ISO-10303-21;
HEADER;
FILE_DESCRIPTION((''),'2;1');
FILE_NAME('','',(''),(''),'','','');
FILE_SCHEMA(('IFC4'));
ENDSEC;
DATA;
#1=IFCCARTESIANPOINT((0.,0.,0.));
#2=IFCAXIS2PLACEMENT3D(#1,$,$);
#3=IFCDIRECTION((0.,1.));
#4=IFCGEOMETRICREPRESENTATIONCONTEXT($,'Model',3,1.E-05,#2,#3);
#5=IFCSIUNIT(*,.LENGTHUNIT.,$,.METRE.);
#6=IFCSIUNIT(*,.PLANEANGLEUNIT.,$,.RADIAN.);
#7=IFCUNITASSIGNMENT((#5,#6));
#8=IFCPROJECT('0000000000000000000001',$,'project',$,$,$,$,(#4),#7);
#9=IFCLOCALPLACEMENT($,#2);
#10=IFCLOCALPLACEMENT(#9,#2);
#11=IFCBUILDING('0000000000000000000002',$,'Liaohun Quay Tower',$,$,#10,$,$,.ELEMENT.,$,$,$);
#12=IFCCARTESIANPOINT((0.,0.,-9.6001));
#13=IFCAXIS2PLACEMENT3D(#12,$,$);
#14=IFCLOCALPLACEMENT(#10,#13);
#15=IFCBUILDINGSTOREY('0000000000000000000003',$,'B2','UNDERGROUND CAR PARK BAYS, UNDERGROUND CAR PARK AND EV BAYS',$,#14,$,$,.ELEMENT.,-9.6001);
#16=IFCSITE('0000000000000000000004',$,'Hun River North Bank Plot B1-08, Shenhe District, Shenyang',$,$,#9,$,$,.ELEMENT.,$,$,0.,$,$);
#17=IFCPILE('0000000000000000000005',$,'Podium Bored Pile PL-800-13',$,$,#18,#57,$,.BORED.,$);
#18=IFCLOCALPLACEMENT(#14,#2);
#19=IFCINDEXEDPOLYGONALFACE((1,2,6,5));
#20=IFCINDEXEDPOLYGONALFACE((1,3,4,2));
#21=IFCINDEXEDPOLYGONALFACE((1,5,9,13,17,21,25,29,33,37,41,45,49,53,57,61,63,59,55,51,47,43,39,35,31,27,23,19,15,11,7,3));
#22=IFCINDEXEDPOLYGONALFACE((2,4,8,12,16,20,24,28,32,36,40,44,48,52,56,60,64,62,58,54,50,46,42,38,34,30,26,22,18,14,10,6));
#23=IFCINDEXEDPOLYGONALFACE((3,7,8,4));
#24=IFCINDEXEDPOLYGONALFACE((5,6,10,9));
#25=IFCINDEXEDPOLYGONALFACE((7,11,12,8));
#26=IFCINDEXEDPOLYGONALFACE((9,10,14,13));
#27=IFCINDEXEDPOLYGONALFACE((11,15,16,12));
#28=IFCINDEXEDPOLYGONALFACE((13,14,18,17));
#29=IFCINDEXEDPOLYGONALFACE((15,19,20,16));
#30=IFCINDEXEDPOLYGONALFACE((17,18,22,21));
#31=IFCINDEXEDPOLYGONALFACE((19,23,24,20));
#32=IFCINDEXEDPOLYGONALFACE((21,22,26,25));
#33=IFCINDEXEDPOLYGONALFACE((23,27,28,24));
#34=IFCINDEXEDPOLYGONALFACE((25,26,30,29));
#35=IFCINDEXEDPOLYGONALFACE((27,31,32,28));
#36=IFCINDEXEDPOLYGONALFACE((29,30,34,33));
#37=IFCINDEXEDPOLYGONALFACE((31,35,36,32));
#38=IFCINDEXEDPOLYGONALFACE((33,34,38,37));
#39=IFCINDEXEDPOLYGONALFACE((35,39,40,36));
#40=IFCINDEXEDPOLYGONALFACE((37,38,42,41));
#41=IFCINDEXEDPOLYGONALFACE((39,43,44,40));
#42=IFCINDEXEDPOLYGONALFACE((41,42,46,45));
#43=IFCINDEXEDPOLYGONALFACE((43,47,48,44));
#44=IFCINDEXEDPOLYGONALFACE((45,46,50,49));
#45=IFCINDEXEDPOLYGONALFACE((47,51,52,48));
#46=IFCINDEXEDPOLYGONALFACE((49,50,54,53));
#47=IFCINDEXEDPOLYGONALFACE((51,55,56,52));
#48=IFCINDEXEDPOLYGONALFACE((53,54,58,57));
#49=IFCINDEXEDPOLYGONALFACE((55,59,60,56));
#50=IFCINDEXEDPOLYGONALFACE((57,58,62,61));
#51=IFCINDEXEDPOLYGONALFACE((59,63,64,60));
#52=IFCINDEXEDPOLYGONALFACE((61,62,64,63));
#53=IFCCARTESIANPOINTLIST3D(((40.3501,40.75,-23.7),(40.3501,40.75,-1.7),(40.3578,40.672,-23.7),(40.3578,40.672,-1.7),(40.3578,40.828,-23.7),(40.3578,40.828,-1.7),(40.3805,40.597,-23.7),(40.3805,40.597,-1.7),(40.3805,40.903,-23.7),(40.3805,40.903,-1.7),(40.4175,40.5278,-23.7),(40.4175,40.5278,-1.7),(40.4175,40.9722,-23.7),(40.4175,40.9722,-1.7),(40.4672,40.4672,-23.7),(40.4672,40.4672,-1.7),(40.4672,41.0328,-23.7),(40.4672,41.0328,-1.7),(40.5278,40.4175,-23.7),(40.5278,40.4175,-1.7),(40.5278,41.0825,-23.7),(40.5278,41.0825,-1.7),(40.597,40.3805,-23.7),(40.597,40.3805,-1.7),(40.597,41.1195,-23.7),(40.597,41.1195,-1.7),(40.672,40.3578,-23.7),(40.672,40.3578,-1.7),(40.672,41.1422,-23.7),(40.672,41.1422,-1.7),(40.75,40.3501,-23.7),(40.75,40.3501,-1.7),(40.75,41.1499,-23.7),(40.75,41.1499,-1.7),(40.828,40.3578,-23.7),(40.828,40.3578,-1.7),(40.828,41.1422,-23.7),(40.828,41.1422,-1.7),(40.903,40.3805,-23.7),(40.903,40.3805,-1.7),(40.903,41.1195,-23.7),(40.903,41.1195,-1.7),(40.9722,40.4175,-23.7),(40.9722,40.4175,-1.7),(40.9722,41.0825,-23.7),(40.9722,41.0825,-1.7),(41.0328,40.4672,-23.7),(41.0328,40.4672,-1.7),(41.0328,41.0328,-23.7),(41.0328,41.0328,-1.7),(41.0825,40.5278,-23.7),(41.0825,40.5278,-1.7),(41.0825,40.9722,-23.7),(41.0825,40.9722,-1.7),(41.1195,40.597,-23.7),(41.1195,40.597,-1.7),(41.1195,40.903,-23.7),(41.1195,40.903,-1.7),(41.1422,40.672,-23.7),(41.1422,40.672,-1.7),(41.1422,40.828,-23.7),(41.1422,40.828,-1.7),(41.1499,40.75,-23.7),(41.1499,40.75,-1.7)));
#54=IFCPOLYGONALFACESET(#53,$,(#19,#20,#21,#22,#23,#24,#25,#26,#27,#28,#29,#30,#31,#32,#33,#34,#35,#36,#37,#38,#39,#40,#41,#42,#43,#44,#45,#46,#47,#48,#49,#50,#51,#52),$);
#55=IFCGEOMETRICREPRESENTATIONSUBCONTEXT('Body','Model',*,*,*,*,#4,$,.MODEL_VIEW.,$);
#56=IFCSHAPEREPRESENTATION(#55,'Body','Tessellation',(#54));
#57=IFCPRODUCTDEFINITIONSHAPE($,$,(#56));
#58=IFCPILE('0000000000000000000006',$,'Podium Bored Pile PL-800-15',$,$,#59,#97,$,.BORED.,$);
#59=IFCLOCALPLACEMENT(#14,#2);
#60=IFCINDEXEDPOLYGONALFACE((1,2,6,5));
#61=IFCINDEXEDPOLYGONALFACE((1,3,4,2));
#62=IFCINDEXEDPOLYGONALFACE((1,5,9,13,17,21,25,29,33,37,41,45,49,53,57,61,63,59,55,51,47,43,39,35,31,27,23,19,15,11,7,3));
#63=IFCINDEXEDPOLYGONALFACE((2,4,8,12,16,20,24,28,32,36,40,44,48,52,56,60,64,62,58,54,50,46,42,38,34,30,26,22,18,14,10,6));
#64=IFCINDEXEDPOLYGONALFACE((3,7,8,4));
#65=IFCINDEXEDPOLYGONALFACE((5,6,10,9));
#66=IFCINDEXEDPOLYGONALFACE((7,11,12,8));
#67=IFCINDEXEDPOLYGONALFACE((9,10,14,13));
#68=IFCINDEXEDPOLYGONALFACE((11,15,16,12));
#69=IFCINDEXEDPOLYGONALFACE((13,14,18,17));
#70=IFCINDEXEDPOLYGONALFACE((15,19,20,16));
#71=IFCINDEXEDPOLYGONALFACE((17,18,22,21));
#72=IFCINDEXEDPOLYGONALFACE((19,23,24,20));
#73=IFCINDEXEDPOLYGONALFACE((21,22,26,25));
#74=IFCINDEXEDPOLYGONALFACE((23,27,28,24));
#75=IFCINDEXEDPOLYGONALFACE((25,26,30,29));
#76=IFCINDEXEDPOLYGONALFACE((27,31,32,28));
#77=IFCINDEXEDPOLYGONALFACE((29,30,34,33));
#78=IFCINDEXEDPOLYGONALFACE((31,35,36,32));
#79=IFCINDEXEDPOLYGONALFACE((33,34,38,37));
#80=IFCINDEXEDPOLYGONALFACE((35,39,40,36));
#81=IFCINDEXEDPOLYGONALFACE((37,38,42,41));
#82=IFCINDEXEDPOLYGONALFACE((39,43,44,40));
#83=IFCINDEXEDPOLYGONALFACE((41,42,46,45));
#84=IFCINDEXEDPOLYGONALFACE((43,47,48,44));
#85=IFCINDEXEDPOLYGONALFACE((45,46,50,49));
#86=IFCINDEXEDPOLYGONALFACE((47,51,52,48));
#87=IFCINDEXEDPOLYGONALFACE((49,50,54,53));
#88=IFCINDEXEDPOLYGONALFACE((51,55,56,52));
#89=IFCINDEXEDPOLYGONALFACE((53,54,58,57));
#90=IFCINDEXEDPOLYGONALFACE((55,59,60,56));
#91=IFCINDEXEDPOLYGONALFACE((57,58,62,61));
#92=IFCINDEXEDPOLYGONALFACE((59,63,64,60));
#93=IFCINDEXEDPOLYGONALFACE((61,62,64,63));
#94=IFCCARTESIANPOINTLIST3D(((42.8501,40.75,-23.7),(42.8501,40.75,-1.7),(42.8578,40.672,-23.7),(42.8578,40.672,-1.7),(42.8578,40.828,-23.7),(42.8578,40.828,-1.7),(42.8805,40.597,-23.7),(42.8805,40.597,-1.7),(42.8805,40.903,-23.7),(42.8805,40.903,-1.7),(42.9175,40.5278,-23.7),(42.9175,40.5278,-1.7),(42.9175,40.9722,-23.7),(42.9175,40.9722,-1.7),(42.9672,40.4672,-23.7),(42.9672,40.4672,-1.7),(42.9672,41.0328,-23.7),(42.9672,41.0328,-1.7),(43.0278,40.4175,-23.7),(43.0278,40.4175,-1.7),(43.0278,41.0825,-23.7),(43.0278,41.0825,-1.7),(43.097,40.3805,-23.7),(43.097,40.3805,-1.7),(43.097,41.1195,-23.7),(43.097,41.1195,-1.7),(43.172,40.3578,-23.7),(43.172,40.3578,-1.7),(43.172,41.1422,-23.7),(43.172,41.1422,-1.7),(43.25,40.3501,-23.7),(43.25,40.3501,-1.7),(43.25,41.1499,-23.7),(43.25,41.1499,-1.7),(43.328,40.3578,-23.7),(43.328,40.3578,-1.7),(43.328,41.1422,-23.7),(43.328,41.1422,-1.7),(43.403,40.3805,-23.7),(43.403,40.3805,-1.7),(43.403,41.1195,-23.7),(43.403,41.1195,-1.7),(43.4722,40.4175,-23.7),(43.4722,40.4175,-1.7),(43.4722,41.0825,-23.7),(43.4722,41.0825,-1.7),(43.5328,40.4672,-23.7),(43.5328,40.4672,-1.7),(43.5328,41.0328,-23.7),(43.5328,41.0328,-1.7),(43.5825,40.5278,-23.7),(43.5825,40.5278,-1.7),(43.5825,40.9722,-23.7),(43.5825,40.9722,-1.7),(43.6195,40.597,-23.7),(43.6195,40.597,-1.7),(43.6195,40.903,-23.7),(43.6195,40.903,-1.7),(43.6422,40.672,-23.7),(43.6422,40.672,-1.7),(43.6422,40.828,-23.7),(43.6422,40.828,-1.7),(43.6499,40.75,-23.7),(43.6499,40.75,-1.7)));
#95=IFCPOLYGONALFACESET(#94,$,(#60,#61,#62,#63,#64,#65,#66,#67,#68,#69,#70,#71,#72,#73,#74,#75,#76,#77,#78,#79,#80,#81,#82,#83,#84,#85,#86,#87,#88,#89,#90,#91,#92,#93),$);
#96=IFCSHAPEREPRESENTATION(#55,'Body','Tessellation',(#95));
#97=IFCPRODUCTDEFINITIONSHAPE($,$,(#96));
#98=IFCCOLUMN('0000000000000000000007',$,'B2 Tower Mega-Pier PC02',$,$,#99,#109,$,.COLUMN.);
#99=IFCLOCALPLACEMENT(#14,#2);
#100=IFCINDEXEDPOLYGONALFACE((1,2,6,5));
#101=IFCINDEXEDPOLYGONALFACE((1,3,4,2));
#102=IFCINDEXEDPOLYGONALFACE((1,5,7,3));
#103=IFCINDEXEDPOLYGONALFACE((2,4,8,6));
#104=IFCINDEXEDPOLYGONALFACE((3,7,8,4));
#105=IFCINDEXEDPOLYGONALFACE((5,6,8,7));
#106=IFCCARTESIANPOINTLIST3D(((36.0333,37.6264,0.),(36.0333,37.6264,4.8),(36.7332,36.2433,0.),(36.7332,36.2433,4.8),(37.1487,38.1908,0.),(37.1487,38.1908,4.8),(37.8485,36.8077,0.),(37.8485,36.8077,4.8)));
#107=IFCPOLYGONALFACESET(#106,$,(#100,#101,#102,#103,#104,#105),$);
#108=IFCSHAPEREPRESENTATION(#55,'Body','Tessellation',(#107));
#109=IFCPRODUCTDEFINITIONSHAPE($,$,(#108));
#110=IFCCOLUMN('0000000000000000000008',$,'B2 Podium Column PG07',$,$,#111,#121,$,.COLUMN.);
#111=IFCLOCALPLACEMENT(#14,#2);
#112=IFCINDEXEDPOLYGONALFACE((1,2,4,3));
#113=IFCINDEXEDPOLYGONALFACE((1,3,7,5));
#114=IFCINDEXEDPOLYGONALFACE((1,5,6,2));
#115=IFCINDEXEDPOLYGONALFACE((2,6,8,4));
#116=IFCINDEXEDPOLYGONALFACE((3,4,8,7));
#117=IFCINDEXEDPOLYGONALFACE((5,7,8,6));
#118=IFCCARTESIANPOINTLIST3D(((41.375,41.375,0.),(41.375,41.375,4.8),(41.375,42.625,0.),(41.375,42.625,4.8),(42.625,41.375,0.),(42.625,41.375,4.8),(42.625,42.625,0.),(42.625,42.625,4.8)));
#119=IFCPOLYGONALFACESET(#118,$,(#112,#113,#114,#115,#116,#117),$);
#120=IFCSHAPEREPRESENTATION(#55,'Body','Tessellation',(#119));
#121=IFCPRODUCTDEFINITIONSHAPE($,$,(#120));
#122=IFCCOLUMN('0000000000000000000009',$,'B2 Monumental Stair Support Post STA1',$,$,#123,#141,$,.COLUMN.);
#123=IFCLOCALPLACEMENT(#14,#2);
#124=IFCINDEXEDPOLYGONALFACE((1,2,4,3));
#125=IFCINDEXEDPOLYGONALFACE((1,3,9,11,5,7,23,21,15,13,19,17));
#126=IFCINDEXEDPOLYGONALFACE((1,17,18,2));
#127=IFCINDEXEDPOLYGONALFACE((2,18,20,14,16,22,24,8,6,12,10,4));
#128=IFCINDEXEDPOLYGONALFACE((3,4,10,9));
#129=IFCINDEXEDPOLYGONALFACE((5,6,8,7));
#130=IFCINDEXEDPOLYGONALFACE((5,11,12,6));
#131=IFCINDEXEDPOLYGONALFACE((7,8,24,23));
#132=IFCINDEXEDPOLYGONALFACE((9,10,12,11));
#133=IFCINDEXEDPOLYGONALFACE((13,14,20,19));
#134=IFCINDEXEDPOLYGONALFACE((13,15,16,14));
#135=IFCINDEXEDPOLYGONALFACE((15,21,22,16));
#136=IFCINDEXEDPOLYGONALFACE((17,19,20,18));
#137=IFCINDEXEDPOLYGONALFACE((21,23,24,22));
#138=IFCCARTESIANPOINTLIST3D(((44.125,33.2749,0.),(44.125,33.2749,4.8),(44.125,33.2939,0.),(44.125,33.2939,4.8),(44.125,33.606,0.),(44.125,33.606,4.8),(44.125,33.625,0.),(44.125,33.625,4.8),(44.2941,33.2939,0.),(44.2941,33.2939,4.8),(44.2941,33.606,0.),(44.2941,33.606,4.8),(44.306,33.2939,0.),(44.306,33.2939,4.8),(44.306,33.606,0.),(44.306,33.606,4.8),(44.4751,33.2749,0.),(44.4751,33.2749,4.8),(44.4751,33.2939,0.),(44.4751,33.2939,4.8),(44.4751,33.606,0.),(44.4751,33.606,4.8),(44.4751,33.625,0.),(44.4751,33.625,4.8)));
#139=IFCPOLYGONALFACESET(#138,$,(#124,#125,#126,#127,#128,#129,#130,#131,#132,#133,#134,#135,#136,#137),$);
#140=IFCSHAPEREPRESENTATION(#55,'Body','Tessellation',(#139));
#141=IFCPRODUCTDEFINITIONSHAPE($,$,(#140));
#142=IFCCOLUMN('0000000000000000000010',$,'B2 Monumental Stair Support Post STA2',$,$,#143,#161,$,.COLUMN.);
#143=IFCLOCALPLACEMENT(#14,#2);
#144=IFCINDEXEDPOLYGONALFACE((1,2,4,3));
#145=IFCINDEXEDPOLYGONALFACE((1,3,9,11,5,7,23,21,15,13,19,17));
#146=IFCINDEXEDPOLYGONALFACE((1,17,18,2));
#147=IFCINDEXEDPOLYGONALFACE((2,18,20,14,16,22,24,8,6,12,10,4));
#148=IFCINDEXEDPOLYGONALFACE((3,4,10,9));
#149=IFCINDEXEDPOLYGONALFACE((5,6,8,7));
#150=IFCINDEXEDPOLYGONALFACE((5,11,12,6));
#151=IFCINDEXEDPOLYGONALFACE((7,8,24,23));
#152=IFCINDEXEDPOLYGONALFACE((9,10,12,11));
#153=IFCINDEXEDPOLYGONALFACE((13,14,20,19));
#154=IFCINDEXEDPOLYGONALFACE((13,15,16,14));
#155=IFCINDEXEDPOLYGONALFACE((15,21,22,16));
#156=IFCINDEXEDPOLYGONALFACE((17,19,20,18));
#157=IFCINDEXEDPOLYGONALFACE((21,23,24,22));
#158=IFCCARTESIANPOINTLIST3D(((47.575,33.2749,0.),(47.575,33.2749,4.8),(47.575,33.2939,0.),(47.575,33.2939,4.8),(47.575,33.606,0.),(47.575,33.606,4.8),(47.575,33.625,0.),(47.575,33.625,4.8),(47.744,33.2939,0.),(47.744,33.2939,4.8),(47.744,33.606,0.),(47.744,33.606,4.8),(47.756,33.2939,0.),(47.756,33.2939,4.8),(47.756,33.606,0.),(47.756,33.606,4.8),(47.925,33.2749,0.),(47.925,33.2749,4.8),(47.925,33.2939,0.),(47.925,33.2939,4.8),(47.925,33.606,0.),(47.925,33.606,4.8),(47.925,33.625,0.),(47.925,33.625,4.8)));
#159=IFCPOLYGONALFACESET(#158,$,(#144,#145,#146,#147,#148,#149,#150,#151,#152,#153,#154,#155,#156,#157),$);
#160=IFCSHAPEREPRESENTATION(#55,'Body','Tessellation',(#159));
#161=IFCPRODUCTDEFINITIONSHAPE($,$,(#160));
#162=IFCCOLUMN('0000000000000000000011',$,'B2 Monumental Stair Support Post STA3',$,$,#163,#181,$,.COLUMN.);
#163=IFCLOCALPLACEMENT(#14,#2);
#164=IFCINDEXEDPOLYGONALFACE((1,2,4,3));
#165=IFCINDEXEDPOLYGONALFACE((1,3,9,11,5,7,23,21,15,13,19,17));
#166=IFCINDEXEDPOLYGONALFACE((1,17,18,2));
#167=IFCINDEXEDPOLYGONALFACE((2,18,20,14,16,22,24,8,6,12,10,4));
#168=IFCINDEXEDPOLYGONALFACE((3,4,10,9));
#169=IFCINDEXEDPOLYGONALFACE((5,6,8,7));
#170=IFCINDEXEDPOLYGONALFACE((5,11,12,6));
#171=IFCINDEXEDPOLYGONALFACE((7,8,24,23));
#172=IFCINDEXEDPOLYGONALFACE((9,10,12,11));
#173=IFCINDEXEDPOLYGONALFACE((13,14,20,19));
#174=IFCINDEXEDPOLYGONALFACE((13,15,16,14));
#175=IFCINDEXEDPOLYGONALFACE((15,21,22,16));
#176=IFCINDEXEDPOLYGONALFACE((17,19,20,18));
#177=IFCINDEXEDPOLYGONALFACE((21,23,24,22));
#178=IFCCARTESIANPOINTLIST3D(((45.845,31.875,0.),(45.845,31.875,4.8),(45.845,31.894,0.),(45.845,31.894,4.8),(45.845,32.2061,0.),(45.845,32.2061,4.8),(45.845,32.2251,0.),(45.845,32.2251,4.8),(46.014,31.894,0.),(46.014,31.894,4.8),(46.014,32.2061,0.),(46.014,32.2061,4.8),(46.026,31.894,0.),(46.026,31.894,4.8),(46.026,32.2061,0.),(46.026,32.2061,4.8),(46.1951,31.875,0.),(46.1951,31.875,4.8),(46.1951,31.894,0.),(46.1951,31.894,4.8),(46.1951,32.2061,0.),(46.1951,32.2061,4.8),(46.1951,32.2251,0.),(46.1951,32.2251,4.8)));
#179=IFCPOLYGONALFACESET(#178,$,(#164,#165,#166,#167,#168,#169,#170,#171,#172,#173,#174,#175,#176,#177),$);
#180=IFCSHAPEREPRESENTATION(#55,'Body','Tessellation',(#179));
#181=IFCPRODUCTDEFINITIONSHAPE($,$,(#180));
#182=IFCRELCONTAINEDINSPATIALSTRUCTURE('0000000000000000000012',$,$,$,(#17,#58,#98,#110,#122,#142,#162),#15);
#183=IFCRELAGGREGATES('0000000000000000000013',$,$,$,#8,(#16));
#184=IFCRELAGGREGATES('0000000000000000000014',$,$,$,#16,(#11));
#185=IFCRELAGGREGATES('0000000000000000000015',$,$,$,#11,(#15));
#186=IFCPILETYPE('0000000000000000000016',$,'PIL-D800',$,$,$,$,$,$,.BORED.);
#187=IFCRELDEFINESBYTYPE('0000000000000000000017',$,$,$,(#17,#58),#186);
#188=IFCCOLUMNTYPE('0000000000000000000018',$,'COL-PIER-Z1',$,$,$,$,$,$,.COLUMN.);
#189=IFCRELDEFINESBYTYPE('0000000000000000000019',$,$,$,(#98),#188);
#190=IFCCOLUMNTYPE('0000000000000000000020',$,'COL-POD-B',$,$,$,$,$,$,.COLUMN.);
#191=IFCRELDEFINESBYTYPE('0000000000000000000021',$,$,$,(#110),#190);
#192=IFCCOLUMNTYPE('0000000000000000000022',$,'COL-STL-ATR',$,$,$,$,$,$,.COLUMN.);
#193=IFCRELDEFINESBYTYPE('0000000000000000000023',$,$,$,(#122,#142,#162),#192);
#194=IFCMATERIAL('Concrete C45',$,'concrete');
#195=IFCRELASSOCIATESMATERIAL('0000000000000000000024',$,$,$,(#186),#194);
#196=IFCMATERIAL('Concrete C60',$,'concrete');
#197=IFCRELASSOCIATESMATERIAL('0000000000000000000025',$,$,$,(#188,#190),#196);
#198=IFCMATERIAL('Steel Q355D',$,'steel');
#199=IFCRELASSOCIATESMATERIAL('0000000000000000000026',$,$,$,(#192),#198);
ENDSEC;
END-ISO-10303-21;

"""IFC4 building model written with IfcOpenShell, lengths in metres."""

from ifc_helpers import new_model, si_unit, direction, frame, origin, origin_2d, place, context, subcontext, project, spatial, rectangle, circle, i_section, extrude, source, transform, mapped, material, material_profile, profile_set, type_object, element, save


model = new_model("IFC4")

# Units and contexts
model_context = context("Model", 3, precision=1e-05, world=origin(), true_north=direction((0.0, 1.0)))
body_context = subcontext(model_context, "Body", "Model", "MODEL_VIEW")
ifc_project = project(units=[si_unit("LENGTHUNIT", "METRE"), si_unit("PLANEANGLEUNIT", "RADIAN")], contexts=[model_context])

# Site, building, storey
site_placement = place(None, origin())
site = spatial("IfcSite", under=ifc_project, at=site_placement, Name="Hun River North Bank Plot B1-08, Shenhe District, Shenyang", CompositionType="ELEMENT", RefElevation=0.0)
building_placement = place(site_placement, origin())
building = spatial("IfcBuilding", under=site, at=building_placement, Name="Liaohun Quay Tower", CompositionType="ELEMENT")
storey_placement = place(building_placement, frame((0.0, 0.0, -9.6001)))
storey = spatial("IfcBuildingStorey", under=building, at=storey_placement, Name="B2", Description="UNDERGROUND CAR PARK BAYS, UNDERGROUND CAR PARK AND EV BAYS", CompositionType="ELEMENT", Elevation=-9.6001)

# Shared definitions
ifc_material_1 = material(Name="Concrete C45", Category="concrete")

# Piles
ifc_material_profile_1 = material_profile(ifc_material_1, circle(Radius=0.3999, at=origin_2d()), Name="PILE-D800")
ifc_profile_set_1 = profile_set([ifc_material_profile_1], Name="Concrete C45")
pile_type = type_object("IfcPileType", Name="PIL-D800", PredefinedType="BORED", material=ifc_profile_set_1)
shared_shape_1 = source(origin(), body_context, "Body", "SweptSolid", [
    extrude(circle(Radius=0.3999, at=origin_2d()), origin(), (0.0, 0.0, 1.0), 22.0),
])
for number, where, z_axis, x_axis, name in (
    (1, (40.75, 40.75, -1.7), (0.0, 0.0, -1.0), (1.0, 0.0, 0.0), "Podium Bored Pile PL-800-13"),
    (2, (43.25, 40.75, -1.7), (0.0, 0.0, -1.0), (1.0, 0.0, 0.0), "Podium Bored Pile PL-800-15"),
):
    element("IfcPile", number, at=place(storey_placement, frame(where, z_axis=z_axis, x_axis=x_axis)), inside=storey, type_object=pile_type, Name=name, PredefinedType="BORED", context=body_context, shape_type="MappedRepresentation", body=[
        mapped(shared_shape_1, transform((0.0, 0.0, 0.0), x_axis=(1.0, 0.0, 0.0), y_axis=(0.0, 1.0, 0.0), z_axis=(0.0, 0.0, 1.0), scale=1.0)),
    ])

# Columns
ifc_material_2 = material(Name="Concrete C60", Category="concrete")
ifc_material_profile_2 = material_profile(ifc_material_2, rectangle(XDim=1.55, YDim=1.25, at=origin_2d()), Name="RC1550x1250")
ifc_profile_set_2 = profile_set([ifc_material_profile_2], Name="Concrete C60")
column_type_1 = type_object("IfcColumnType", Name="COL-PIER-Z1", PredefinedType="COLUMN", material=ifc_profile_set_2)
shared_shape_2 = source(origin(), body_context, "Body", "SweptSolid", [
    extrude(rectangle(XDim=1.55, YDim=1.25, at=origin_2d()), origin(), (0.0, 0.0, 1.0), 4.8),
])
column_1_placement = place(storey_placement, frame((36.9409, 37.217, 0.0), z_axis=(0.0, 0.0, 1.0), x_axis=(-0.451501, 0.892271, 0.0)))
element("IfcColumn", 3, at=column_1_placement, inside=storey, type_object=column_type_1, Name="B2 Tower Mega-Pier PC02", PredefinedType="COLUMN", context=body_context, shape_type="MappedRepresentation", body=[
    mapped(shared_shape_2, transform((0.0, 0.0, 0.0), x_axis=(1.0, 0.0, 0.0), y_axis=(0.0, 1.0, 0.0), z_axis=(0.0, 0.0, 1.0), scale=1.0)),
])
ifc_material_profile_3 = material_profile(ifc_material_2, rectangle(XDim=1.25, YDim=1.25, at=origin_2d()), Name="RC1250x1250")
ifc_profile_set_3 = profile_set([ifc_material_profile_3], Name="Concrete C60")
column_type_2 = type_object("IfcColumnType", Name="COL-POD-B", PredefinedType="COLUMN", material=ifc_profile_set_3)
shared_shape_3 = source(origin(), body_context, "Body", "SweptSolid", [
    extrude(rectangle(XDim=1.25, YDim=1.25, at=origin_2d()), origin(), (0.0, 0.0, 1.0), 4.8),
])
column_2_placement = place(storey_placement, frame((42.0, 42.0, 0.0), z_axis=(0.0, 0.0, 1.0), x_axis=(1.0, 0.0, 0.0)))
element("IfcColumn", 4, at=column_2_placement, inside=storey, type_object=column_type_2, Name="B2 Podium Column PG07", PredefinedType="COLUMN", context=body_context, shape_type="MappedRepresentation", body=[
    mapped(shared_shape_3, transform((0.0, 0.0, 0.0), x_axis=(1.0, 0.0, 0.0), y_axis=(0.0, 1.0, 0.0), z_axis=(0.0, 0.0, 1.0), scale=1.0)),
])
ifc_material_3 = material(Name="Steel Q355D", Category="steel")
ifc_material_profile_4 = material_profile(ifc_material_3, i_section(OverallWidth=0.3501, OverallDepth=0.3501, WebThickness=0.012, FlangeThickness=0.019, at=origin_2d()), Name="HW350x350x12x19")
ifc_profile_set_4 = profile_set([ifc_material_profile_4], Name="Steel Q355D")
column_type_3 = type_object("IfcColumnType", Name="COL-STL-ATR", PredefinedType="COLUMN", material=ifc_profile_set_4)
shared_shape_4 = source(origin(), body_context, "Body", "SweptSolid", [
    extrude(i_section(OverallWidth=0.3501, OverallDepth=0.3501, WebThickness=0.012, FlangeThickness=0.019, at=origin_2d()), origin(), (0.0, 0.0, 1.0), 4.8),
])
for number, where, z_axis, x_axis, name in (
    (5, (44.3, 33.45, 0.0), (0.0, 0.0, 1.0), (1.0, 0.0, 0.0), "B2 Monumental Stair Support Post STA1"),
    (6, (47.75, 33.45, 0.0), (0.0, 0.0, 1.0), (1.0, 0.0, 0.0), "B2 Monumental Stair Support Post STA2"),
    (7, (46.02, 32.05, 0.0), (0.0, 0.0, 1.0), (1.0, 0.0, 0.0), "B2 Monumental Stair Support Post STA3"),
):
    element("IfcColumn", number, at=place(storey_placement, frame(where, z_axis=z_axis, x_axis=x_axis)), inside=storey, type_object=column_type_3, Name=name, PredefinedType="COLUMN", context=body_context, shape_type="MappedRepresentation", body=[
        mapped(shared_shape_4, transform((0.0, 0.0, 0.0), x_axis=(1.0, 0.0, 0.0), y_axis=(0.0, 1.0, 0.0), z_axis=(0.0, 0.0, 1.0), scale=1.0)),
    ])

save(model, "model.ifc")
